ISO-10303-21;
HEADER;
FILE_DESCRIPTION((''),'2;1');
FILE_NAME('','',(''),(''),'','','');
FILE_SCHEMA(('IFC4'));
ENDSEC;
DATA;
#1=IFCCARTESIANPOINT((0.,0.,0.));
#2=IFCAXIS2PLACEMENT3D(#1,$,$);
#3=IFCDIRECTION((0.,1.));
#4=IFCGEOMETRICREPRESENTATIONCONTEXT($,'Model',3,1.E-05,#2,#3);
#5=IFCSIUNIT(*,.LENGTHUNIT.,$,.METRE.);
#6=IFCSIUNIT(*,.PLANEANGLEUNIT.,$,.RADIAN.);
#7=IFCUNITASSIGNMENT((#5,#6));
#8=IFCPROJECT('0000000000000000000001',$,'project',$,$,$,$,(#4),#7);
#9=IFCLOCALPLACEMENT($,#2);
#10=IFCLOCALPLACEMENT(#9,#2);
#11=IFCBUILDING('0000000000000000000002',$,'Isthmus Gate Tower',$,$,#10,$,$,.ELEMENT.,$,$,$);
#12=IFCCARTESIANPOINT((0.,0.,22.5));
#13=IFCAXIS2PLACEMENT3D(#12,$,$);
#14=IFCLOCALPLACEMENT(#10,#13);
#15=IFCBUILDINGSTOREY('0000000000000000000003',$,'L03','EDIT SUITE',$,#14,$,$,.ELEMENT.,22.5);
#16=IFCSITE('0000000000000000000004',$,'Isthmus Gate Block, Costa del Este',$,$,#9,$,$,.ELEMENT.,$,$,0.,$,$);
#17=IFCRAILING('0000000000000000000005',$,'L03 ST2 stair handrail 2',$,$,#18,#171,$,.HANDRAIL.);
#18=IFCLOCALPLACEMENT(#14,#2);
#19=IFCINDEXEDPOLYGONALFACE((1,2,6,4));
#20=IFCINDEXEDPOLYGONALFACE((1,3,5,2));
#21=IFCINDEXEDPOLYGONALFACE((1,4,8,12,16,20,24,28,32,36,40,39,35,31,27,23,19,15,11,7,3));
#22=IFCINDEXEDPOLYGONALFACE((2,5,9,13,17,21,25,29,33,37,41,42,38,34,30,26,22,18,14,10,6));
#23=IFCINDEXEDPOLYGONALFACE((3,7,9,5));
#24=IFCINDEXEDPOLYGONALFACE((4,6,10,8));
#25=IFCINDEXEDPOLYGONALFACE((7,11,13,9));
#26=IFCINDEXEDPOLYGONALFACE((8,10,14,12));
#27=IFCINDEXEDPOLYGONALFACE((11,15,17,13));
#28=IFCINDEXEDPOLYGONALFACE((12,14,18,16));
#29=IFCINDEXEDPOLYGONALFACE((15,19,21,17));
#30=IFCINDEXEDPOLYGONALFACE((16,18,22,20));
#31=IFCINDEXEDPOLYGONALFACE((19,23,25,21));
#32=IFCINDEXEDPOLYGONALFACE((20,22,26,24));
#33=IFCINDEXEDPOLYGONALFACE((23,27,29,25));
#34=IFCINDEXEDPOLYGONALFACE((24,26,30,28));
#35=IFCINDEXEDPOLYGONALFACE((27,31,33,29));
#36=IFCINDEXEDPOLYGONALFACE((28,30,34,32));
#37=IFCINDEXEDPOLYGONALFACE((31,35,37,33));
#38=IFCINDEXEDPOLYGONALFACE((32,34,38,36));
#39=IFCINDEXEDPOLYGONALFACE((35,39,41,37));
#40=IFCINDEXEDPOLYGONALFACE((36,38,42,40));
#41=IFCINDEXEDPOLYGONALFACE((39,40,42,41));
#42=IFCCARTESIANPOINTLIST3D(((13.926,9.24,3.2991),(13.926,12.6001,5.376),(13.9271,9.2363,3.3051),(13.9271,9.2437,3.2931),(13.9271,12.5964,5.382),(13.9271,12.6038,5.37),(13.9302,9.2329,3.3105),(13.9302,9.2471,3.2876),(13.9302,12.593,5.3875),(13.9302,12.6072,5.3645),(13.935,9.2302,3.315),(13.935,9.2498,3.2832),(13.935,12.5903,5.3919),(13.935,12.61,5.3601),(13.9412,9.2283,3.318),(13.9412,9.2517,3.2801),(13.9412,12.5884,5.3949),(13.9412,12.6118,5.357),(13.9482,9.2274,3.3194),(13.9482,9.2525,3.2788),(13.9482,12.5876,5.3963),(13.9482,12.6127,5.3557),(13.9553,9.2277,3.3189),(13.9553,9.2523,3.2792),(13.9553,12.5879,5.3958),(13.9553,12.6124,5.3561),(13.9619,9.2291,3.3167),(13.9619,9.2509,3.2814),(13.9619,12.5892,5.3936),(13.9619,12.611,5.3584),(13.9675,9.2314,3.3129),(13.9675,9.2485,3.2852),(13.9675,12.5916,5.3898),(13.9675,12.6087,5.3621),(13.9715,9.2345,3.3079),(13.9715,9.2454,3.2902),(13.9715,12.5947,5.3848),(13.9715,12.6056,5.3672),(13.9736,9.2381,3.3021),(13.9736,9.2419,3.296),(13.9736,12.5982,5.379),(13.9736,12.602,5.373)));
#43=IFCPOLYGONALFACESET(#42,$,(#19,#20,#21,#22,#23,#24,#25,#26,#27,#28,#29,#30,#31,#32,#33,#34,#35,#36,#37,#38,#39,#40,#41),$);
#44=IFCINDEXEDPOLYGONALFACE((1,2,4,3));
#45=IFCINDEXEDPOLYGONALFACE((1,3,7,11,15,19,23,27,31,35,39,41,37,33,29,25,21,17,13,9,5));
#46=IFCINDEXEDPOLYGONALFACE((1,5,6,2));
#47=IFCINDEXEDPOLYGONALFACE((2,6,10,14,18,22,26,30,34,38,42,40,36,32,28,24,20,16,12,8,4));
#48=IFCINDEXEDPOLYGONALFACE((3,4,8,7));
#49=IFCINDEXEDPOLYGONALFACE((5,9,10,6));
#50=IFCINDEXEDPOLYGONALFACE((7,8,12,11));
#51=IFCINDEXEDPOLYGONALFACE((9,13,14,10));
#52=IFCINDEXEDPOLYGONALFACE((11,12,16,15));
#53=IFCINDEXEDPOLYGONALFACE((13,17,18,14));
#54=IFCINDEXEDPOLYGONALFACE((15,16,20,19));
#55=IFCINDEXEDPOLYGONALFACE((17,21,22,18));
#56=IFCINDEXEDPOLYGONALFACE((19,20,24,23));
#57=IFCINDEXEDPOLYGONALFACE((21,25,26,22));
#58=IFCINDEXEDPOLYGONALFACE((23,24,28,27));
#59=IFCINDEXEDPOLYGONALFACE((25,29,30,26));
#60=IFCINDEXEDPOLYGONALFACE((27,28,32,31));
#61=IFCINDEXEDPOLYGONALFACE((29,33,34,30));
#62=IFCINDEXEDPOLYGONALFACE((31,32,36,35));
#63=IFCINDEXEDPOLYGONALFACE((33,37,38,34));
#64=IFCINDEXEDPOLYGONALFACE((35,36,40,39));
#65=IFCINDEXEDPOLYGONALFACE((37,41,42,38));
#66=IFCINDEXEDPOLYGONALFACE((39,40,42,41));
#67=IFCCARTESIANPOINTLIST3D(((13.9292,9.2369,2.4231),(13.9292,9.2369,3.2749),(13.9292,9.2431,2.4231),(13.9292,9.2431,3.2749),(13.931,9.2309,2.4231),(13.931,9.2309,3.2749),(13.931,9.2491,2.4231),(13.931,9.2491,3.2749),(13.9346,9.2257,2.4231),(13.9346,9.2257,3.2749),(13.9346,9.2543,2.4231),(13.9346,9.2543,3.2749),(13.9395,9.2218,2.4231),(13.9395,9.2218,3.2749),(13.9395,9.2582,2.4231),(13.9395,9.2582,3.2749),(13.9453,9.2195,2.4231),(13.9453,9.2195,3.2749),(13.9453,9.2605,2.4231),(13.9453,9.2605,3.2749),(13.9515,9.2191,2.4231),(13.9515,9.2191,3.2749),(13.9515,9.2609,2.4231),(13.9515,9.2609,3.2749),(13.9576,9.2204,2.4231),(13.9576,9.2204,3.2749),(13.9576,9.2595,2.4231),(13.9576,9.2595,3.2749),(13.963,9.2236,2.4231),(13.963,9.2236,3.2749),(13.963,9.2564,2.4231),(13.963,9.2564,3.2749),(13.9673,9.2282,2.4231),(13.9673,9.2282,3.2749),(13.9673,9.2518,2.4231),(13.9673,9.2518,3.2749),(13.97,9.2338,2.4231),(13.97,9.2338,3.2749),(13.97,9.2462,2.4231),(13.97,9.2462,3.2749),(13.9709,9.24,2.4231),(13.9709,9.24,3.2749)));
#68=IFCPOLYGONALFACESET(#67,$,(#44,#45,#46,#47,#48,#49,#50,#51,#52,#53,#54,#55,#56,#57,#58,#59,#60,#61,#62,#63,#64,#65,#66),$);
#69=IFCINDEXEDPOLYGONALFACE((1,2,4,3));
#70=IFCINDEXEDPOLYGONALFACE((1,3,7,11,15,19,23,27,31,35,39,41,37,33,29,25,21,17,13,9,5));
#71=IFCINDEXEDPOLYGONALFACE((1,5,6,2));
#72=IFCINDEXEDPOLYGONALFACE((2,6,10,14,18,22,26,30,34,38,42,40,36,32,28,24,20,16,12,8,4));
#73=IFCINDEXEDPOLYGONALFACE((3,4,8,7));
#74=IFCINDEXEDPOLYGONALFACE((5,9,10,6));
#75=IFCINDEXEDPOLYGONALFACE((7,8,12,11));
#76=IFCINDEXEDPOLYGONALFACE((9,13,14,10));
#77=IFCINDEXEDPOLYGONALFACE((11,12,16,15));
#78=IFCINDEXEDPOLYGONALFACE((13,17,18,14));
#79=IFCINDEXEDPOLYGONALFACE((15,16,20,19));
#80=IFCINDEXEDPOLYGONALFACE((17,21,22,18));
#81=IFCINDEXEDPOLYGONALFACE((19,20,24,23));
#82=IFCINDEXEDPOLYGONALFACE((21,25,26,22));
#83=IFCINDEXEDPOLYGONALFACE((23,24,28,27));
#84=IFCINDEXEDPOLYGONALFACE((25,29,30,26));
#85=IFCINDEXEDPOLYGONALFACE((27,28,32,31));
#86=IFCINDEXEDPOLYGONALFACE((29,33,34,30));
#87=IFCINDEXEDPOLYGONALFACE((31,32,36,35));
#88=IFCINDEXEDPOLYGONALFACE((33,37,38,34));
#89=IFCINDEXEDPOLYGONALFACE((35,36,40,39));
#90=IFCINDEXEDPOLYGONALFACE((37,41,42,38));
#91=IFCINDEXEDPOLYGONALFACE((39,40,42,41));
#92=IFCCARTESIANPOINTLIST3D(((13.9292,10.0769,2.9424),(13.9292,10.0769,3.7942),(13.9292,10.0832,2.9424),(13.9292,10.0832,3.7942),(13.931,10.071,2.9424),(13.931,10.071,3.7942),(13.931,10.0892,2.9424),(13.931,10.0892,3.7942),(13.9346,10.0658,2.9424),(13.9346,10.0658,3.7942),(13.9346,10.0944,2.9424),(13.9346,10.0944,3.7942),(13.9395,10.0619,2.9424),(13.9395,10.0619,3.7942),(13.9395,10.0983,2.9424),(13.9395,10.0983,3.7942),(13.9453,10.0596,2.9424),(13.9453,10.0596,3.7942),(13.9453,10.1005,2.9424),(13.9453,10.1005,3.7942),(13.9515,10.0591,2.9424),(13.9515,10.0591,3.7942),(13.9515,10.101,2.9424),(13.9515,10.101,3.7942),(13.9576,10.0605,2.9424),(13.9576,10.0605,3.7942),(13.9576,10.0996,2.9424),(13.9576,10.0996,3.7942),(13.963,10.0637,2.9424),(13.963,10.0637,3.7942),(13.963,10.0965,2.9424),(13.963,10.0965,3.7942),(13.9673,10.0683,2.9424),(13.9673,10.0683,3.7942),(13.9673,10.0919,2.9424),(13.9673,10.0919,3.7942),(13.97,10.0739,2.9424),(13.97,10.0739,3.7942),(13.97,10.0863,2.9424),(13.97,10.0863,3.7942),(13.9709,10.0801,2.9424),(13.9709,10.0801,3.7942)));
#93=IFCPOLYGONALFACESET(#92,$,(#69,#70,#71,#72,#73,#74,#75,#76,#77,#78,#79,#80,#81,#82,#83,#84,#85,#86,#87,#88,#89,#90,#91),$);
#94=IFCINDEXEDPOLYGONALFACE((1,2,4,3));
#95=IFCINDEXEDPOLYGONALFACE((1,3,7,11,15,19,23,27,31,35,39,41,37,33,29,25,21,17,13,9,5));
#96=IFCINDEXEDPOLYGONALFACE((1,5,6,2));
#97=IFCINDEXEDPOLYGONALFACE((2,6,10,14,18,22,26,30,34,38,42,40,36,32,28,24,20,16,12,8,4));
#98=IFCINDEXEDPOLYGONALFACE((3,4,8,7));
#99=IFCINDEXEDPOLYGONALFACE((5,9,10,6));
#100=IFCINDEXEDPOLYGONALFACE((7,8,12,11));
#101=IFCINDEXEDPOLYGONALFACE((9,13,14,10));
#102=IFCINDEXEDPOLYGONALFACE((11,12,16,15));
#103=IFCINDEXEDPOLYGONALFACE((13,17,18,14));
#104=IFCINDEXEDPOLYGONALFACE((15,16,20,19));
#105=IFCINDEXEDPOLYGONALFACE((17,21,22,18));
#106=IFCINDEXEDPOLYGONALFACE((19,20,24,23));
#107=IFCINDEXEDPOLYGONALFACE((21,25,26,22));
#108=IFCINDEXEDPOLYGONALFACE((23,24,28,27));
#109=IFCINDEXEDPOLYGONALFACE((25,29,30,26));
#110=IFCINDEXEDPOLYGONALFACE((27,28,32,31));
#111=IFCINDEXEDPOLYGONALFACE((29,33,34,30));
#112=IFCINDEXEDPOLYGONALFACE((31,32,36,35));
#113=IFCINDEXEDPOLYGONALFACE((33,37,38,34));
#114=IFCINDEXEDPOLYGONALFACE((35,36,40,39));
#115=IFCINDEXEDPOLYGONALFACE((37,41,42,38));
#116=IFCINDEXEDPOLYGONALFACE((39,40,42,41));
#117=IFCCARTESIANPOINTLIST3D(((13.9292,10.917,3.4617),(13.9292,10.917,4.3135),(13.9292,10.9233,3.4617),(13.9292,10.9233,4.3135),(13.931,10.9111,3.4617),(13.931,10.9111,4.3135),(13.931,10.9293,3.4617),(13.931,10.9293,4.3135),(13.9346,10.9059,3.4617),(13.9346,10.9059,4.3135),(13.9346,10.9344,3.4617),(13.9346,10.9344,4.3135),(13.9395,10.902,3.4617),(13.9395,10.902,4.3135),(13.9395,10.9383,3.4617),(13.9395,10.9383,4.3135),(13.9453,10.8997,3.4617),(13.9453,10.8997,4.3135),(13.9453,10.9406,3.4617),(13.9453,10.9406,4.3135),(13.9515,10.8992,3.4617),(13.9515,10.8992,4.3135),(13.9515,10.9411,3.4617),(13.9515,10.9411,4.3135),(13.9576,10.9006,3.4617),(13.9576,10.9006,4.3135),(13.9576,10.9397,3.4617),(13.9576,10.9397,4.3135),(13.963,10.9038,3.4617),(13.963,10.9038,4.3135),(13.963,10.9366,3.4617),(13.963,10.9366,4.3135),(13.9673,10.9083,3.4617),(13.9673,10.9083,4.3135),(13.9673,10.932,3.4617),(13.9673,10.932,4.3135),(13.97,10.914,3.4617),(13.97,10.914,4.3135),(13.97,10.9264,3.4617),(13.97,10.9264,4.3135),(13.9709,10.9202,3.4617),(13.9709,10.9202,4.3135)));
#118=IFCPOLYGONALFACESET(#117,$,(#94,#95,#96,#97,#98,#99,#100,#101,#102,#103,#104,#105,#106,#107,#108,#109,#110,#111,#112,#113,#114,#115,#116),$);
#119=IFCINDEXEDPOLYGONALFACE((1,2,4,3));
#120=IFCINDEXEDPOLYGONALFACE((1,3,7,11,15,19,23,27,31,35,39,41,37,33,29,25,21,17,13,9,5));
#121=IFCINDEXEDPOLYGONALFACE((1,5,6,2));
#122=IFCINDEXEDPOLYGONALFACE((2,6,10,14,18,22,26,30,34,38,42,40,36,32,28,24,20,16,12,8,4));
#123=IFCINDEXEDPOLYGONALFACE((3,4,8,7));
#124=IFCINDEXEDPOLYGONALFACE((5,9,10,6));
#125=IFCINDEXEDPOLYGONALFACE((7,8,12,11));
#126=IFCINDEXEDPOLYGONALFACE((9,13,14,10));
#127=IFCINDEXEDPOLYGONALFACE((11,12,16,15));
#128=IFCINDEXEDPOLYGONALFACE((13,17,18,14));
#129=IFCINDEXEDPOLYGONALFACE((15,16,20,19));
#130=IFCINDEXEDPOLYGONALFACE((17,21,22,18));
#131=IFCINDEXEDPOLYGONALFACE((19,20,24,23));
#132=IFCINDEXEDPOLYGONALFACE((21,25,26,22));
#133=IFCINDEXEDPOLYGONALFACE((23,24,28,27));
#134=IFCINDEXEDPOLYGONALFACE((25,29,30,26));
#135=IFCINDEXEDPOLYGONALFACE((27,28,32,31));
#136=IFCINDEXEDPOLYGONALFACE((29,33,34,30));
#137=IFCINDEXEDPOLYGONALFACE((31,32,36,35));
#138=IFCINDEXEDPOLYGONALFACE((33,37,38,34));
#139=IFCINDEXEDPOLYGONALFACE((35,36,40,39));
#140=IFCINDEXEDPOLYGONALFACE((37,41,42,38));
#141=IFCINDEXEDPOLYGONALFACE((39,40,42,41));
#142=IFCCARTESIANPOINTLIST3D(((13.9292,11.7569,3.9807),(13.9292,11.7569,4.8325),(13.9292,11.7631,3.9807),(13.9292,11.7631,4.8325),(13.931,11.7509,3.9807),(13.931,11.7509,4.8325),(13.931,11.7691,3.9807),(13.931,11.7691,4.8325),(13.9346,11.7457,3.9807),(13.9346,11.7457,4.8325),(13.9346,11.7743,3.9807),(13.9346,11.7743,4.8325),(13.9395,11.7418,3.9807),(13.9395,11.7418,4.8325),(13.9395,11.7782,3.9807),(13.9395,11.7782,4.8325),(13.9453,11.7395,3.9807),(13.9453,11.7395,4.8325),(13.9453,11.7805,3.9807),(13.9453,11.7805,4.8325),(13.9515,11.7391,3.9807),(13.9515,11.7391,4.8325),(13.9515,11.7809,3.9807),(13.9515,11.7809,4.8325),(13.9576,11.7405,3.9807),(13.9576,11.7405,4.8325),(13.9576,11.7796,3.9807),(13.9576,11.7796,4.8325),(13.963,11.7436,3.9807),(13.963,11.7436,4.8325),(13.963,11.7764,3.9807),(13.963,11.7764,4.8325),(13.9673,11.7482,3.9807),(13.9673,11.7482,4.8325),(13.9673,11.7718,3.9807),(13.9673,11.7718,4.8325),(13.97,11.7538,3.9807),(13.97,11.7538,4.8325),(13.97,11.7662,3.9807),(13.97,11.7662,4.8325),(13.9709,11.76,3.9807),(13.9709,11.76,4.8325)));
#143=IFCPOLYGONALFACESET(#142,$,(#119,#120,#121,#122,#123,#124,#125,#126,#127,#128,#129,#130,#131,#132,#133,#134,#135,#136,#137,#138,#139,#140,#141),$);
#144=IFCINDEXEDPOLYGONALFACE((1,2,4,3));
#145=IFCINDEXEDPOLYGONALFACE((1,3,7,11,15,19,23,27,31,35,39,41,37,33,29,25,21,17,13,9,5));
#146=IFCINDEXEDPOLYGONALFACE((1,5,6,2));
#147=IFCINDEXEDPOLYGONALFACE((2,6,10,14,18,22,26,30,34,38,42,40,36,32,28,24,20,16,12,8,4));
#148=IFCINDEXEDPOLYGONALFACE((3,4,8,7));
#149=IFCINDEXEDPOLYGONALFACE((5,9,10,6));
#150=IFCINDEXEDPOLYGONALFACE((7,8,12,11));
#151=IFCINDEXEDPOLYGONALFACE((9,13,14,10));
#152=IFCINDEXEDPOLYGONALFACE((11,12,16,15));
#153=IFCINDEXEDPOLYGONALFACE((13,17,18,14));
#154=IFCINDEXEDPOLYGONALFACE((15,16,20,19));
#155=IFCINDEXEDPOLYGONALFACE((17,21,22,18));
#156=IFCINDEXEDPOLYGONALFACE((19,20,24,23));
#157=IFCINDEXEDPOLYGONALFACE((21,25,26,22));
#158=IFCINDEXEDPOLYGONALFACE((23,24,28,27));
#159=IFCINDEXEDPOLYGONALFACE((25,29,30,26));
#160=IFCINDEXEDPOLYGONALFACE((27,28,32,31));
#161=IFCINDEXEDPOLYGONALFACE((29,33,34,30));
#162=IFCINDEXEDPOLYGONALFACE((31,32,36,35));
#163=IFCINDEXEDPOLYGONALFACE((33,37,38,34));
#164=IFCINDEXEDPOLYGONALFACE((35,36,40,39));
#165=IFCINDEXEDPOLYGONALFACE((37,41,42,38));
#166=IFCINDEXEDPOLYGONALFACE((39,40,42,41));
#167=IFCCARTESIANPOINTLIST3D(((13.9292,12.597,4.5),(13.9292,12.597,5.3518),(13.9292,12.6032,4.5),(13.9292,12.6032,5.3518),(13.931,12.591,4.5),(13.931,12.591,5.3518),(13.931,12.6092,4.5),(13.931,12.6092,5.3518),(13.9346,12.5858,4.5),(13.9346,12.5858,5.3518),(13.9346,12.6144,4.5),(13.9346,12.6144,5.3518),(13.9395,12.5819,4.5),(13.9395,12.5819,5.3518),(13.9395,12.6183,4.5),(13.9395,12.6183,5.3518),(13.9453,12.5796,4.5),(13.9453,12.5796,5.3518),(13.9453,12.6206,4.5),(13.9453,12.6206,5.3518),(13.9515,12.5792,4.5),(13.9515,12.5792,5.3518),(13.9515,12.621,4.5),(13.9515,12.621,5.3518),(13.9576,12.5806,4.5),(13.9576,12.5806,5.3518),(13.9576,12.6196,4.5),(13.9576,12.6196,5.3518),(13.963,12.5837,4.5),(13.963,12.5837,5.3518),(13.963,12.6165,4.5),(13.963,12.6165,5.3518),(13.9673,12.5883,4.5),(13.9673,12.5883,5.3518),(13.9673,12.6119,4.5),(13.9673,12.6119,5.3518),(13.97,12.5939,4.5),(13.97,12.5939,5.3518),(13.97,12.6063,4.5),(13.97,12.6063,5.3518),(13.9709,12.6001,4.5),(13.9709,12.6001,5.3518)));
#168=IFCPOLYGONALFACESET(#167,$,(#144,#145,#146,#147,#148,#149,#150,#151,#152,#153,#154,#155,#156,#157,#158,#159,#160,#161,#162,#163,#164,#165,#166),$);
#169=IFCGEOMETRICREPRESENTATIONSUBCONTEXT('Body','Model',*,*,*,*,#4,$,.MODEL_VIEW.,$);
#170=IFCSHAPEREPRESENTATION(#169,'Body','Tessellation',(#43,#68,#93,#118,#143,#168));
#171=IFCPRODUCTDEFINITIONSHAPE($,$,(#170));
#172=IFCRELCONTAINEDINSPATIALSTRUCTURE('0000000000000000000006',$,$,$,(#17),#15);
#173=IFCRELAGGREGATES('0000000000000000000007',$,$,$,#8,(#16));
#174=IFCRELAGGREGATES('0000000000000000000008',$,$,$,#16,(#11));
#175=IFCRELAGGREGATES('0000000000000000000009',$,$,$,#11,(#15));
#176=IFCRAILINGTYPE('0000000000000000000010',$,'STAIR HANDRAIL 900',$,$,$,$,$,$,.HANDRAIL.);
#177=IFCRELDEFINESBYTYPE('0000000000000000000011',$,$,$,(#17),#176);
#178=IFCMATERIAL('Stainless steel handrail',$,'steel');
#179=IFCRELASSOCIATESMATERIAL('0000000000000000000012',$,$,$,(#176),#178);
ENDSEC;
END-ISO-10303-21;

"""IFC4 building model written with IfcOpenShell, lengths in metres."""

from ifc_helpers import new_model, si_unit, direction, frame, origin, origin_2d, place, context, subcontext, project, spatial, circle, extrude, material, type_object, element, save


model = new_model("IFC4")

# Units and contexts
model_context = context("Model", 3, precision=1e-05, world=origin(), true_north=direction((0.0, 1.0)))
body_context = subcontext(model_context, "Body", "Model", "MODEL_VIEW")
ifc_project = project(units=[si_unit("LENGTHUNIT", "METRE"), si_unit("PLANEANGLEUNIT", "RADIAN")], contexts=[model_context])

# Site, building, storey
site_placement = place(None, origin())
site = spatial("IfcSite", under=ifc_project, at=site_placement, Name="Isthmus Gate Block, Costa del Este", CompositionType="ELEMENT", RefElevation=0.0)
building_placement = place(site_placement, origin())
building = spatial("IfcBuilding", under=site, at=building_placement, Name="Isthmus Gate Tower", CompositionType="ELEMENT")
storey_placement = place(building_placement, frame((0.0, 0.0, 22.5)))
storey = spatial("IfcBuildingStorey", under=building, at=storey_placement, Name="L03", Description="EDIT SUITE", CompositionType="ELEMENT", Elevation=22.5)

# Railing
ifc_material_1 = material(Name="Stainless steel handrail", Category="steel")
railing_type_1 = type_object("IfcRailingType", Name="STAIR HANDRAIL 900", PredefinedType="HANDRAIL", material=ifc_material_1)
for number, where, name in (
    (1, (13.95, 9.24, 2.4231), "L03 ST2 stair handrail 2"),
):
    element("IfcRailing", number, at=place(storey_placement, frame(where)), inside=storey, type_object=railing_type_1, Name=name, PredefinedType="HANDRAIL", context=body_context, shape_type="SweptSolid", body=[
        extrude(circle(Radius=0.0239, at=origin_2d()), frame((0.0, 0.0, 0.876), z_axis=(0.0, 0.850623, 0.525776), x_axis=(-1.0, 0.0, 0.0)), (0.0, 0.0, 1.0), 3.9502),
        extrude(circle(Radius=0.021, at=origin_2d()), origin(), (0.0, 0.0, 1.0), 0.8518),
        extrude(circle(Radius=0.021, at=origin_2d()), frame((0.0, 0.8401, 0.5193)), (0.0, 0.0, 1.0), 0.8518),
        extrude(circle(Radius=0.021, at=origin_2d()), frame((0.0, 1.6802, 1.0386)), (0.0, 0.0, 1.0), 0.8518),
        extrude(circle(Radius=0.021, at=origin_2d()), frame((0.0, 2.52, 1.5576)), (0.0, 0.0, 1.0), 0.8518),
        extrude(circle(Radius=0.021, at=origin_2d()), frame((0.0, 3.3601, 2.0769)), (0.0, 0.0, 1.0), 0.8518),
    ])

save(model, "model.ifc")
